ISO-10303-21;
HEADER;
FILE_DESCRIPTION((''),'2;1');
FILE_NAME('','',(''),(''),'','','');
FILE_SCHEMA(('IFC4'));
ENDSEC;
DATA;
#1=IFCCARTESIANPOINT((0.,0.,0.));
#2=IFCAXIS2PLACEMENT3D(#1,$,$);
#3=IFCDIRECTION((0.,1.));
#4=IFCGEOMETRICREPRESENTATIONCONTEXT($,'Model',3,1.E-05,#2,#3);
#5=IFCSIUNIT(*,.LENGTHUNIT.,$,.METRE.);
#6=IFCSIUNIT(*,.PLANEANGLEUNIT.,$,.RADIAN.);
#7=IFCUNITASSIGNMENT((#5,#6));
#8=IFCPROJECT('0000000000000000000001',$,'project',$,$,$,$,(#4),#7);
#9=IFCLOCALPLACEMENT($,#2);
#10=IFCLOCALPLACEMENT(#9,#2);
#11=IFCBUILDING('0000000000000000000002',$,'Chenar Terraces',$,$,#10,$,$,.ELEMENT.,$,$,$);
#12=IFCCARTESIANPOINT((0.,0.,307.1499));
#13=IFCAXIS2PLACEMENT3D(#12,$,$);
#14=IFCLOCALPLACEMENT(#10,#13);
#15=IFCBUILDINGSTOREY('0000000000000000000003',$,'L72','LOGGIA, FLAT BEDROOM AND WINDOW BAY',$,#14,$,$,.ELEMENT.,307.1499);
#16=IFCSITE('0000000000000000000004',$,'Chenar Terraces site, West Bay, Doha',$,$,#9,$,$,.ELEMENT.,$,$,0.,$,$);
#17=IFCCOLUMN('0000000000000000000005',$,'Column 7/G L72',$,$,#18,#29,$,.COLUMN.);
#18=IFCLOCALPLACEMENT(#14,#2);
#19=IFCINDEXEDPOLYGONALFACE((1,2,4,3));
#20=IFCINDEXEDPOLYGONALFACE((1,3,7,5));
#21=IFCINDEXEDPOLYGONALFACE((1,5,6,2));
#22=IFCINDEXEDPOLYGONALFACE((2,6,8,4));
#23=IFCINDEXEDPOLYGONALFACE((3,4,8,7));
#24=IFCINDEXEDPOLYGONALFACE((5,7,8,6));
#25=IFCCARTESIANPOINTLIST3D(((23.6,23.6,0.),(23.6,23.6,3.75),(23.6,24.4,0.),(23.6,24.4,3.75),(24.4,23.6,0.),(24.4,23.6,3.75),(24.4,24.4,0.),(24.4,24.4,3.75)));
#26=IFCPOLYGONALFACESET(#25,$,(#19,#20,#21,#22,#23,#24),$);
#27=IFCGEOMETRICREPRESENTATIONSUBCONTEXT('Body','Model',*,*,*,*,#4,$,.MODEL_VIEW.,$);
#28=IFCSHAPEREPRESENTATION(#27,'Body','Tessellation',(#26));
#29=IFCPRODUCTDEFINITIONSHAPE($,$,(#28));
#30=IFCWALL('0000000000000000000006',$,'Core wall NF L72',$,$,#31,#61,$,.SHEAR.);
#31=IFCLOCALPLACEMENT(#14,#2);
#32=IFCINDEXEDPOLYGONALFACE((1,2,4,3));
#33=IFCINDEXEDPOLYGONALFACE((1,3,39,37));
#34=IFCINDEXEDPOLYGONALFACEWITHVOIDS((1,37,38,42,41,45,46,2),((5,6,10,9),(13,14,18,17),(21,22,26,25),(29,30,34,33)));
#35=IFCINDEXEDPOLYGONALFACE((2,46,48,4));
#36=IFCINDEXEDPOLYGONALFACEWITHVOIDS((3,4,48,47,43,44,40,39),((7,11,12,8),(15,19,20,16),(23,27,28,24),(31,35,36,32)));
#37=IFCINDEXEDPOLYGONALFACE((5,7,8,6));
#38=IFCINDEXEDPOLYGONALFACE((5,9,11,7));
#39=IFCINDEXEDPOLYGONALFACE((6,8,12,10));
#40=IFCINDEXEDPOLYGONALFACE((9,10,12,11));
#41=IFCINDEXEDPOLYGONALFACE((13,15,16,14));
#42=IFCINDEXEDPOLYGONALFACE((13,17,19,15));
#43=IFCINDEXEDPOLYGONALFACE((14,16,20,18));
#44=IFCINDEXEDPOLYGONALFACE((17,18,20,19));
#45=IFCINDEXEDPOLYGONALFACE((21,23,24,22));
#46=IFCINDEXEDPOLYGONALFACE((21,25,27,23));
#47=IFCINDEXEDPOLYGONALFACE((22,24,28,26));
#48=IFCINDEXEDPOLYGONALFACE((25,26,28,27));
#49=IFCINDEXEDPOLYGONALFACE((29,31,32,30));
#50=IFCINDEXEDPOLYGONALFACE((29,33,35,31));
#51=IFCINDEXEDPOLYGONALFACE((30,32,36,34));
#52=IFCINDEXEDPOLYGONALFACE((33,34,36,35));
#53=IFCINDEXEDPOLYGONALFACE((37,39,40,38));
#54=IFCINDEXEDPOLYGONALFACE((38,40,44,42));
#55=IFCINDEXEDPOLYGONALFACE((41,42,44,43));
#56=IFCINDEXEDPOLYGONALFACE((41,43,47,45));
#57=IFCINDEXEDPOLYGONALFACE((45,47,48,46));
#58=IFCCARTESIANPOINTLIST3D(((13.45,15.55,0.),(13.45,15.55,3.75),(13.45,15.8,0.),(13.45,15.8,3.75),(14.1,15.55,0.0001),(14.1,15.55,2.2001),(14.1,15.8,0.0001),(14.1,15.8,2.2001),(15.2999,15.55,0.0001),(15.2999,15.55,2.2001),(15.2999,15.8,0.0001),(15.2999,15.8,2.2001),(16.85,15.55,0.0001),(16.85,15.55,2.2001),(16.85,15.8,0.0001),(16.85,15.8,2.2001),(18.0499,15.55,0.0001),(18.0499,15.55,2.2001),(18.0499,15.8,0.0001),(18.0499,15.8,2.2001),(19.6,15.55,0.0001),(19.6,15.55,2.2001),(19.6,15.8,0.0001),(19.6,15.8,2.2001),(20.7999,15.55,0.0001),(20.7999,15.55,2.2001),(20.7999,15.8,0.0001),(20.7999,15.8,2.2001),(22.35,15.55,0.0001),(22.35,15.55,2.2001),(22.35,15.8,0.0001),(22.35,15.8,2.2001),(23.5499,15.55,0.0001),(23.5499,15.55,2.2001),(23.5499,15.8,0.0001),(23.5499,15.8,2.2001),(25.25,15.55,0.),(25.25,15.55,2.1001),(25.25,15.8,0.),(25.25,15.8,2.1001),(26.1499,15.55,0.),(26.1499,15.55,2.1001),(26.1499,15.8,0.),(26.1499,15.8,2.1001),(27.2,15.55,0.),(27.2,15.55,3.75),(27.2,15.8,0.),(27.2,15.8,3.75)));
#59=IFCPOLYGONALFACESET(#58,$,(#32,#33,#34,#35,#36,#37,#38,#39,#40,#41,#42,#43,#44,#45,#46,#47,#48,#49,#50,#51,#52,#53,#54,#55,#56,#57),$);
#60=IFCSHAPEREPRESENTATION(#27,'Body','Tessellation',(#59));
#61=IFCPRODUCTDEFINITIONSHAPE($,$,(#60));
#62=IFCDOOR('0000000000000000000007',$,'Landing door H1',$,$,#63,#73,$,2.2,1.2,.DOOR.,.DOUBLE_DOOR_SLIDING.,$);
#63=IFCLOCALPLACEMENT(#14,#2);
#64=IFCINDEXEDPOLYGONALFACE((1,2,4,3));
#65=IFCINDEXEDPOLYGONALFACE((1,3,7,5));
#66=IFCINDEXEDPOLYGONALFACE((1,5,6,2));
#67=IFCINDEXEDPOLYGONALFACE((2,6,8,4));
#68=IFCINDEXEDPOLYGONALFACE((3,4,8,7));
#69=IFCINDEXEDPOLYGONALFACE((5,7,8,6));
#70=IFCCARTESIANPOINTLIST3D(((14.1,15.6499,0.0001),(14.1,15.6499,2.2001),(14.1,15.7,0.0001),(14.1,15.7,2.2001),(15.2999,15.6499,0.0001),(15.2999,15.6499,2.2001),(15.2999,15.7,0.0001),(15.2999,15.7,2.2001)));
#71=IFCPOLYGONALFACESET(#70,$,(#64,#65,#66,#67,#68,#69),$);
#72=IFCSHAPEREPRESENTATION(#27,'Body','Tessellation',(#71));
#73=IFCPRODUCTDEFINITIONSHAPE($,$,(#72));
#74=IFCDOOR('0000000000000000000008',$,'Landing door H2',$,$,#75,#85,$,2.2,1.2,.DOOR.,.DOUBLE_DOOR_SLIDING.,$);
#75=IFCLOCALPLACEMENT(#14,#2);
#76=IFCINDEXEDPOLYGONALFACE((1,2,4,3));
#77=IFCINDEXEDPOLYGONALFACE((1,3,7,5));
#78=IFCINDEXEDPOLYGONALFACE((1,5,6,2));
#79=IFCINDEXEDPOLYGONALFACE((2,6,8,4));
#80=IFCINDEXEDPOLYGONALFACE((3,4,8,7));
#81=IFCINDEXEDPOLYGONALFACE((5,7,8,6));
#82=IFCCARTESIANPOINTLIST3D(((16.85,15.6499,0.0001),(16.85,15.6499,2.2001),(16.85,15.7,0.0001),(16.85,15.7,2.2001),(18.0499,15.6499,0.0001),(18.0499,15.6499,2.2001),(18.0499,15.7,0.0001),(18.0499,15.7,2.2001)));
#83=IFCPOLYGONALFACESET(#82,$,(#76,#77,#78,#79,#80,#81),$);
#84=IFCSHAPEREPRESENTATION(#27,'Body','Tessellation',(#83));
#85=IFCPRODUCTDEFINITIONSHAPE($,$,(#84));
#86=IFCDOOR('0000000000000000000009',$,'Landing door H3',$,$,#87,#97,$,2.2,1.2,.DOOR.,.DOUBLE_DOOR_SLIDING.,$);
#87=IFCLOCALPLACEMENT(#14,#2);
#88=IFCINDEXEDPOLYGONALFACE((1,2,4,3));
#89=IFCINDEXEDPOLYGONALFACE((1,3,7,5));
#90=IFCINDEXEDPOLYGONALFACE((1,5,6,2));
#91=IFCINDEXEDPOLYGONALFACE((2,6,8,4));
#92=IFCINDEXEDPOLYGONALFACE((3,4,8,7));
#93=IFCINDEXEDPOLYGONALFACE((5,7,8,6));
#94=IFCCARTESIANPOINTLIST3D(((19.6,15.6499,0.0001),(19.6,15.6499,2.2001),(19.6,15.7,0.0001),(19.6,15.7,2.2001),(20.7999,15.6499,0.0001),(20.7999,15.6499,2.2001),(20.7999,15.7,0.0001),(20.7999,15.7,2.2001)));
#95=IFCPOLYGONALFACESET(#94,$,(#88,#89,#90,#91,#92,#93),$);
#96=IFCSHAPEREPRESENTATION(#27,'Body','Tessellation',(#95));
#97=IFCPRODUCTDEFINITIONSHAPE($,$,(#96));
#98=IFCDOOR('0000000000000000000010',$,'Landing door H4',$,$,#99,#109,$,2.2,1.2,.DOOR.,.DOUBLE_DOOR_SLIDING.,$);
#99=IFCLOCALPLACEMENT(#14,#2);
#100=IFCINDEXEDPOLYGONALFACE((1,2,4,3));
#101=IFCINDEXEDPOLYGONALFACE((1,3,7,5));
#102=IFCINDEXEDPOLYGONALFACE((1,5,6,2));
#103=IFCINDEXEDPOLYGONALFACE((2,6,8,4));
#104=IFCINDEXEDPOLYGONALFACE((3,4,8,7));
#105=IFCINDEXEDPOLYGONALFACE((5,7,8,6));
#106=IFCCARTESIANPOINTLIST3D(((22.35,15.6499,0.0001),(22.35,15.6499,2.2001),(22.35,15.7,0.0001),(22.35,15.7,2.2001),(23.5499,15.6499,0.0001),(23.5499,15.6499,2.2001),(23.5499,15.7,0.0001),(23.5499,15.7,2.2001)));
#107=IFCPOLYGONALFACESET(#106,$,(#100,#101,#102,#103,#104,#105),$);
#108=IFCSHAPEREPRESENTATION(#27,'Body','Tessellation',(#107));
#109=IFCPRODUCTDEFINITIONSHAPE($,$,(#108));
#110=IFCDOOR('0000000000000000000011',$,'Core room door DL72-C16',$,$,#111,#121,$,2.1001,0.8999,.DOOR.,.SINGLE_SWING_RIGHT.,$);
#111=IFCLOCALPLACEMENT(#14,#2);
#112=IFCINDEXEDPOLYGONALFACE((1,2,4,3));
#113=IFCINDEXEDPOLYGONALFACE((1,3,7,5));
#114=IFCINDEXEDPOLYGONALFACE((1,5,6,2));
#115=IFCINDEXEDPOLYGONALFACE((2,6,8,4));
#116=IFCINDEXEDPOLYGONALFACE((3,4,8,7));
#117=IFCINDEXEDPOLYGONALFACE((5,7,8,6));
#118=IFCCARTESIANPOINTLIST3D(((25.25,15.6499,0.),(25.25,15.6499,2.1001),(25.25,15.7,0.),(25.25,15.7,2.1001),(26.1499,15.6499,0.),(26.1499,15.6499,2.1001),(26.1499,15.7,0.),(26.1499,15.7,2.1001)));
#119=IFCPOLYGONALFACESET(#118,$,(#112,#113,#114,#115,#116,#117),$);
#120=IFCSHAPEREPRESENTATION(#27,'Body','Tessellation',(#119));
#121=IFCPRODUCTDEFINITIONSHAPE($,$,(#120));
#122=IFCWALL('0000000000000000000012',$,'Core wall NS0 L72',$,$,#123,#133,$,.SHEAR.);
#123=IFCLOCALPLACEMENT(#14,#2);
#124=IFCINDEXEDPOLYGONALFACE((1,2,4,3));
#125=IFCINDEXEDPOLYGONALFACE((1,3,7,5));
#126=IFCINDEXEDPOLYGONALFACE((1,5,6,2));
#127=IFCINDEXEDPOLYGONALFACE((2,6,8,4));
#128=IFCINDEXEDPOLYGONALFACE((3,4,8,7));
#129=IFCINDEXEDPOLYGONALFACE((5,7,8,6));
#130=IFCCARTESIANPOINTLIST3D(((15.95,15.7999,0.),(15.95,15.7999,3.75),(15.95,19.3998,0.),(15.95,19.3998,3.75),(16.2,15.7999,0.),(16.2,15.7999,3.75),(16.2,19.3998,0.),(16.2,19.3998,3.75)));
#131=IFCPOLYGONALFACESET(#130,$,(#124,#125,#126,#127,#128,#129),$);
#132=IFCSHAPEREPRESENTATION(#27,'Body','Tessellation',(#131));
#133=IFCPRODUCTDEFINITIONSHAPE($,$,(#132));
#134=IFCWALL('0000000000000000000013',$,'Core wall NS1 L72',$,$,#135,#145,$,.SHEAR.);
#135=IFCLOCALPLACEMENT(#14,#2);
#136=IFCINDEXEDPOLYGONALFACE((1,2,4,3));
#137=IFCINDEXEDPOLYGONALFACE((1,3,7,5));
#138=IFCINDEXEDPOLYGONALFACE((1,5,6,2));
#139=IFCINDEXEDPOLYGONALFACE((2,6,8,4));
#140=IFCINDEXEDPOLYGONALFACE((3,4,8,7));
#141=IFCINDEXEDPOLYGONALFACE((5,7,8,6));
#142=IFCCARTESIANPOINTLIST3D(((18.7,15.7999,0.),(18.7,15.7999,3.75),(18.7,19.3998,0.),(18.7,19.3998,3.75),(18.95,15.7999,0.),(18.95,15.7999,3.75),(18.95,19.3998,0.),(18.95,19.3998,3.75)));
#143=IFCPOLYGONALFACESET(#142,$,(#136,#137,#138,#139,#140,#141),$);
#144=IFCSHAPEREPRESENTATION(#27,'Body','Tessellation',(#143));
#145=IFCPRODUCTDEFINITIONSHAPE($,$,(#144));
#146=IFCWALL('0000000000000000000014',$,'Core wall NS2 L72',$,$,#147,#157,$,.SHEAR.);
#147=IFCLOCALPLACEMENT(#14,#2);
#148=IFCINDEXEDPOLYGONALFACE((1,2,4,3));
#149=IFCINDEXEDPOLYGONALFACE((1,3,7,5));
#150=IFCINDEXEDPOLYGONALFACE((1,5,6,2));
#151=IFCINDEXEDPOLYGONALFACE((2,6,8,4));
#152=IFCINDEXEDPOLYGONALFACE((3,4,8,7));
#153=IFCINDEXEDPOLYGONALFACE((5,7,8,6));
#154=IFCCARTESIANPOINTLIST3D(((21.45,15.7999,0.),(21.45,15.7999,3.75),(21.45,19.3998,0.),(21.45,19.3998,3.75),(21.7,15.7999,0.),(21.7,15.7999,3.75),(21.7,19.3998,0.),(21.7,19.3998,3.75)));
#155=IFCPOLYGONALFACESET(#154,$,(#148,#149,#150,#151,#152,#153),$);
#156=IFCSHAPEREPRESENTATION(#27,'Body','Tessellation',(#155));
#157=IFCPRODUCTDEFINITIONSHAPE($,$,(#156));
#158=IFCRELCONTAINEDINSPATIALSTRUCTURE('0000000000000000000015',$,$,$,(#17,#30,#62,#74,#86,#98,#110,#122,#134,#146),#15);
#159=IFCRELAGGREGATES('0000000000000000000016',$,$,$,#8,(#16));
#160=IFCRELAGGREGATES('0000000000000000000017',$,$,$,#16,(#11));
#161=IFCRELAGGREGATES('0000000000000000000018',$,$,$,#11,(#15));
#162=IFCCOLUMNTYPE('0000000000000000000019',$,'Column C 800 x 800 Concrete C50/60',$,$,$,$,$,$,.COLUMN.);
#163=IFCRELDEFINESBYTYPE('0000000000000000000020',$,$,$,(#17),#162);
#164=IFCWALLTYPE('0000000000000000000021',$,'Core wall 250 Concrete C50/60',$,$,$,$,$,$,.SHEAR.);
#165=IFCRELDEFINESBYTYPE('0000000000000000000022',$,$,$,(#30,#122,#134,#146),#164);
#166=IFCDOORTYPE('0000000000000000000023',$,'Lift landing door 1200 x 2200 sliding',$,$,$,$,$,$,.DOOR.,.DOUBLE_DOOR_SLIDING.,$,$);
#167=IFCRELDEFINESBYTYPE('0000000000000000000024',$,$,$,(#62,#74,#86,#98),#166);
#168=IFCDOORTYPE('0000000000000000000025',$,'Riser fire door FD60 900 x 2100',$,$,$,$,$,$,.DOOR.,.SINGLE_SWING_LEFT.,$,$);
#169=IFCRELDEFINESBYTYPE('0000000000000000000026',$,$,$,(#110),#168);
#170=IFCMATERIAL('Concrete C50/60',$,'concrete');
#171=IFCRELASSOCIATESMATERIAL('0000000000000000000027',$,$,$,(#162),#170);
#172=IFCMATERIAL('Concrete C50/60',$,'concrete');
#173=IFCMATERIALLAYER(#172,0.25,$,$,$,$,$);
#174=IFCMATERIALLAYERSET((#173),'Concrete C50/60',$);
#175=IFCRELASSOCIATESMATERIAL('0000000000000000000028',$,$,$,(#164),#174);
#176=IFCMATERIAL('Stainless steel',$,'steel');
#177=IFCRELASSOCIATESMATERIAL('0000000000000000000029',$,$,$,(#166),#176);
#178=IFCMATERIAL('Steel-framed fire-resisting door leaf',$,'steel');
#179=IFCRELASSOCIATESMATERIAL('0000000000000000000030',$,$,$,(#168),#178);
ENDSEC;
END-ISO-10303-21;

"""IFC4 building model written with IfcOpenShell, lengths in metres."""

from ifc_helpers import new_model, si_unit, direction, frame, frame_2d, origin, origin_2d, place, context, subcontext, project, spatial, rectangle, extrude, material, layer, layer_set, material_profile, profile_set, type_object, element, fill, save


model = new_model("IFC4")

# Units and contexts
model_context = context("Model", 3, precision=1e-05, world=origin(), true_north=direction((0.0, 1.0)))
body_context = subcontext(model_context, "Body", "Model", "MODEL_VIEW")
ifc_project = project(units=[si_unit("LENGTHUNIT", "METRE"), si_unit("PLANEANGLEUNIT", "RADIAN")], contexts=[model_context])

# Site, building, storey
site_placement = place(None, origin())
site = spatial("IfcSite", under=ifc_project, at=site_placement, Name="Chenar Terraces site, West Bay, Doha", CompositionType="ELEMENT", RefElevation=0.0)
building_placement = place(site_placement, origin())
building = spatial("IfcBuilding", under=site, at=building_placement, Name="Chenar Terraces", CompositionType="ELEMENT")
storey_placement = place(building_placement, frame((0.0, 0.0, 307.1499)))
storey = spatial("IfcBuildingStorey", under=building, at=storey_placement, Name="L72", Description="LOGGIA, FLAT BEDROOM AND WINDOW BAY", CompositionType="ELEMENT", Elevation=307.1499)

# Column
ifc_material_1 = material(Name="Concrete C50/60", Category="concrete")
ifc_material_profile = material_profile(ifc_material_1, rectangle(XDim=0.8, YDim=0.8, at=origin_2d()), Name="C 800 x 800")
ifc_profile_set = profile_set([ifc_material_profile], Name="Concrete C50/60")
column_type = type_object("IfcColumnType", Name="Column C 800 x 800 Concrete C50/60", PredefinedType="COLUMN", material=ifc_profile_set)
column_placement = place(storey_placement, frame((24.0, 24.0, 0.0), z_axis=(0.0, 0.0, 1.0), x_axis=(1.0, 0.0, 0.0)))
element("IfcColumn", 1, at=column_placement, inside=storey, type_object=column_type, Name="Column 7/G L72", PredefinedType="COLUMN", context=body_context, shape_type="SweptSolid", body=[
    extrude(rectangle(XDim=0.8, YDim=0.8, at=origin_2d()), origin(), (0.0, 0.0, 1.0), 3.75),
])

# Wall, openings, doors
ifc_material_2 = material(Name="Concrete C50/60", Category="concrete")
ifc_layer_1 = layer(ifc_material_2, 0.25)
ifc_layer_set_1 = layer_set([ifc_layer_1], Name="Concrete C50/60")
wall_type_1 = type_object("IfcWallType", Name="Core wall 250 Concrete C50/60", PredefinedType="SHEAR", material=ifc_layer_set_1)
wall_1_placement = place(storey_placement, frame((13.45, 15.675, 0.0), z_axis=(0.0, 0.0, 1.0), x_axis=(1.0, 0.0, 0.0)))
wall_1 = element("IfcWall", 2, at=wall_1_placement, inside=storey, type_object=wall_type_1, Name="Core wall NF L72", PredefinedType="SHEAR", context=body_context, shape_type="SweptSolid", body=[
    extrude(rectangle(XDim=13.75, YDim=0.25, at=frame_2d((6.875, 0.0))), origin(), (0.0, 0.0, 1.0), 3.75),
])
opening_1_placement = place(wall_1_placement, frame((0.6499, 0.0, 0.0)))
opening_1 = element("IfcOpeningElement", 3, at=opening_1_placement, cuts=wall_1, PredefinedType="OPENING", context=body_context, shape_type="SweptSolid", body=[
    extrude(rectangle(XDim=1.2, YDim=2.2, at=frame_2d((0.6001, 1.1001))), frame((0.0, 0.135, 0.0), z_axis=(0.0, -1.0, 0.0), x_axis=(1.0, 0.0, 0.0)), (0.0, 0.0, 1.0), 0.27),
])
opening_2_placement = place(wall_1_placement, frame((3.3999, 0.0, 0.0)))
opening_2 = element("IfcOpeningElement", 4, at=opening_2_placement, cuts=wall_1, PredefinedType="OPENING", context=body_context, shape_type="SweptSolid", body=[
    extrude(rectangle(XDim=1.2, YDim=2.2, at=frame_2d((0.6001, 1.1001))), frame((0.0, 0.135, 0.0), z_axis=(0.0, -1.0, 0.0), x_axis=(1.0, 0.0, 0.0)), (0.0, 0.0, 1.0), 0.27),
])
opening_3_placement = place(wall_1_placement, frame((6.1499, 0.0, 0.0)))
opening_3 = element("IfcOpeningElement", 5, at=opening_3_placement, cuts=wall_1, PredefinedType="OPENING", context=body_context, shape_type="SweptSolid", body=[
    extrude(rectangle(XDim=1.2, YDim=2.2, at=frame_2d((0.6001, 1.1001))), frame((0.0, 0.135, 0.0), z_axis=(0.0, -1.0, 0.0), x_axis=(1.0, 0.0, 0.0)), (0.0, 0.0, 1.0), 0.27),
])
opening_4_placement = place(wall_1_placement, frame((8.8999, 0.0, 0.0)))
opening_4 = element("IfcOpeningElement", 6, at=opening_4_placement, cuts=wall_1, PredefinedType="OPENING", context=body_context, shape_type="SweptSolid", body=[
    extrude(rectangle(XDim=1.2, YDim=2.2, at=frame_2d((0.6001, 1.1001))), frame((0.0, 0.135, 0.0), z_axis=(0.0, -1.0, 0.0), x_axis=(1.0, 0.0, 0.0)), (0.0, 0.0, 1.0), 0.27),
])
opening_5_placement = place(wall_1_placement, frame((11.8, 0.0, 0.0)))
opening_5 = element("IfcOpeningElement", 7, at=opening_5_placement, cuts=wall_1, PredefinedType="OPENING", context=body_context, shape_type="SweptSolid", body=[
    extrude(rectangle(XDim=0.8999, YDim=2.1001, at=frame_2d((0.45, 1.05))), frame((0.0, 0.135, 0.0), z_axis=(0.0, -1.0, 0.0), x_axis=(1.0, 0.0, 0.0)), (0.0, 0.0, 1.0), 0.27),
])
ifc_material_3 = material(Name="Stainless steel", Category="steel")
door_type_1 = type_object("IfcDoorType", Name="Lift landing door 1200 x 2200 sliding", OperationType="DOUBLE_DOOR_SLIDING", PredefinedType="DOOR", material=ifc_material_3)
door_1_placement = place(opening_1_placement, origin())
door_1 = element("IfcDoor", 8, at=door_1_placement, inside=storey, type_object=door_type_1, Name="Landing door H1", OperationType="DOUBLE_DOOR_SLIDING", OverallHeight=2.2, OverallWidth=1.2, PredefinedType="DOOR", context=body_context, shape_type="SweptSolid", body=[
    extrude(rectangle(XDim=1.2, YDim=2.2, at=frame_2d((0.6001, 1.1001))), frame((0.0, 0.0249, 0.0), z_axis=(0.0, -1.0, 0.0), x_axis=(1.0, 0.0, 0.0)), (0.0, 0.0, 1.0), 0.05),
])
fill(opening_1, door_1)
door_2_placement = place(opening_2_placement, origin())
door_2 = element("IfcDoor", 9, at=door_2_placement, inside=storey, type_object=door_type_1, Name="Landing door H2", OperationType="DOUBLE_DOOR_SLIDING", OverallHeight=2.2, OverallWidth=1.2, PredefinedType="DOOR", context=body_context, shape_type="SweptSolid", body=[
    extrude(rectangle(XDim=1.2, YDim=2.2, at=frame_2d((0.6001, 1.1001))), frame((0.0, 0.0249, 0.0), z_axis=(0.0, -1.0, 0.0), x_axis=(1.0, 0.0, 0.0)), (0.0, 0.0, 1.0), 0.05),
])
fill(opening_2, door_2)
door_3_placement = place(opening_3_placement, origin())
door_3 = element("IfcDoor", 10, at=door_3_placement, inside=storey, type_object=door_type_1, Name="Landing door H3", OperationType="DOUBLE_DOOR_SLIDING", OverallHeight=2.2, OverallWidth=1.2, PredefinedType="DOOR", context=body_context, shape_type="SweptSolid", body=[
    extrude(rectangle(XDim=1.2, YDim=2.2, at=frame_2d((0.6001, 1.1001))), frame((0.0, 0.0249, 0.0), z_axis=(0.0, -1.0, 0.0), x_axis=(1.0, 0.0, 0.0)), (0.0, 0.0, 1.0), 0.05),
])
fill(opening_3, door_3)
door_4_placement = place(opening_4_placement, origin())
door_4 = element("IfcDoor", 11, at=door_4_placement, inside=storey, type_object=door_type_1, Name="Landing door H4", OperationType="DOUBLE_DOOR_SLIDING", OverallHeight=2.2, OverallWidth=1.2, PredefinedType="DOOR", context=body_context, shape_type="SweptSolid", body=[
    extrude(rectangle(XDim=1.2, YDim=2.2, at=frame_2d((0.6001, 1.1001))), frame((0.0, 0.0249, 0.0), z_axis=(0.0, -1.0, 0.0), x_axis=(1.0, 0.0, 0.0)), (0.0, 0.0, 1.0), 0.05),
])
fill(opening_4, door_4)
ifc_material_4 = material(Name="Steel-framed fire-resisting door leaf", Category="steel")
door_type_2 = type_object("IfcDoorType", Name="Riser fire door FD60 900 x 2100", OperationType="SINGLE_SWING_LEFT", PredefinedType="DOOR", material=ifc_material_4)
door_5_placement = place(opening_5_placement, origin())
door_5 = element("IfcDoor", 12, at=door_5_placement, inside=storey, type_object=door_type_2, Name="Core room door DL72-C16", OperationType="SINGLE_SWING_RIGHT", OverallHeight=2.1001, OverallWidth=0.8999, PredefinedType="DOOR", context=body_context, shape_type="SweptSolid", body=[
    extrude(rectangle(XDim=0.8999, YDim=2.1001, at=frame_2d((0.45, 1.05))), frame((0.0, 0.0249, 0.0), z_axis=(0.0, -1.0, 0.0), x_axis=(1.0, 0.0, 0.0)), (0.0, 0.0, 1.0), 0.05),
])
fill(opening_5, door_5)

# Walls
for number, where, z_axis, x_axis, name in (
    (13, (16.075, 15.8, 0.0), (0.0, 0.0, 1.0), (0.0, 1.0, 0.0), "Core wall NS0 L72"),
    (14, (18.825, 15.8, 0.0), (0.0, 0.0, 1.0), (0.0, 1.0, 0.0), "Core wall NS1 L72"),
    (15, (21.575, 15.8, 0.0), (0.0, 0.0, 1.0), (0.0, 1.0, 0.0), "Core wall NS2 L72"),
):
    element("IfcWall", number, at=place(storey_placement, frame(where, z_axis=z_axis, x_axis=x_axis)), inside=storey, type_object=wall_type_1, Name=name, PredefinedType="SHEAR", context=body_context, shape_type="SweptSolid", body=[
        extrude(rectangle(XDim=3.5999, YDim=0.25, at=frame_2d((1.7998, 0.0))), origin(), (0.0, 0.0, 1.0), 3.75),
    ])

save(model, "model.ifc")
